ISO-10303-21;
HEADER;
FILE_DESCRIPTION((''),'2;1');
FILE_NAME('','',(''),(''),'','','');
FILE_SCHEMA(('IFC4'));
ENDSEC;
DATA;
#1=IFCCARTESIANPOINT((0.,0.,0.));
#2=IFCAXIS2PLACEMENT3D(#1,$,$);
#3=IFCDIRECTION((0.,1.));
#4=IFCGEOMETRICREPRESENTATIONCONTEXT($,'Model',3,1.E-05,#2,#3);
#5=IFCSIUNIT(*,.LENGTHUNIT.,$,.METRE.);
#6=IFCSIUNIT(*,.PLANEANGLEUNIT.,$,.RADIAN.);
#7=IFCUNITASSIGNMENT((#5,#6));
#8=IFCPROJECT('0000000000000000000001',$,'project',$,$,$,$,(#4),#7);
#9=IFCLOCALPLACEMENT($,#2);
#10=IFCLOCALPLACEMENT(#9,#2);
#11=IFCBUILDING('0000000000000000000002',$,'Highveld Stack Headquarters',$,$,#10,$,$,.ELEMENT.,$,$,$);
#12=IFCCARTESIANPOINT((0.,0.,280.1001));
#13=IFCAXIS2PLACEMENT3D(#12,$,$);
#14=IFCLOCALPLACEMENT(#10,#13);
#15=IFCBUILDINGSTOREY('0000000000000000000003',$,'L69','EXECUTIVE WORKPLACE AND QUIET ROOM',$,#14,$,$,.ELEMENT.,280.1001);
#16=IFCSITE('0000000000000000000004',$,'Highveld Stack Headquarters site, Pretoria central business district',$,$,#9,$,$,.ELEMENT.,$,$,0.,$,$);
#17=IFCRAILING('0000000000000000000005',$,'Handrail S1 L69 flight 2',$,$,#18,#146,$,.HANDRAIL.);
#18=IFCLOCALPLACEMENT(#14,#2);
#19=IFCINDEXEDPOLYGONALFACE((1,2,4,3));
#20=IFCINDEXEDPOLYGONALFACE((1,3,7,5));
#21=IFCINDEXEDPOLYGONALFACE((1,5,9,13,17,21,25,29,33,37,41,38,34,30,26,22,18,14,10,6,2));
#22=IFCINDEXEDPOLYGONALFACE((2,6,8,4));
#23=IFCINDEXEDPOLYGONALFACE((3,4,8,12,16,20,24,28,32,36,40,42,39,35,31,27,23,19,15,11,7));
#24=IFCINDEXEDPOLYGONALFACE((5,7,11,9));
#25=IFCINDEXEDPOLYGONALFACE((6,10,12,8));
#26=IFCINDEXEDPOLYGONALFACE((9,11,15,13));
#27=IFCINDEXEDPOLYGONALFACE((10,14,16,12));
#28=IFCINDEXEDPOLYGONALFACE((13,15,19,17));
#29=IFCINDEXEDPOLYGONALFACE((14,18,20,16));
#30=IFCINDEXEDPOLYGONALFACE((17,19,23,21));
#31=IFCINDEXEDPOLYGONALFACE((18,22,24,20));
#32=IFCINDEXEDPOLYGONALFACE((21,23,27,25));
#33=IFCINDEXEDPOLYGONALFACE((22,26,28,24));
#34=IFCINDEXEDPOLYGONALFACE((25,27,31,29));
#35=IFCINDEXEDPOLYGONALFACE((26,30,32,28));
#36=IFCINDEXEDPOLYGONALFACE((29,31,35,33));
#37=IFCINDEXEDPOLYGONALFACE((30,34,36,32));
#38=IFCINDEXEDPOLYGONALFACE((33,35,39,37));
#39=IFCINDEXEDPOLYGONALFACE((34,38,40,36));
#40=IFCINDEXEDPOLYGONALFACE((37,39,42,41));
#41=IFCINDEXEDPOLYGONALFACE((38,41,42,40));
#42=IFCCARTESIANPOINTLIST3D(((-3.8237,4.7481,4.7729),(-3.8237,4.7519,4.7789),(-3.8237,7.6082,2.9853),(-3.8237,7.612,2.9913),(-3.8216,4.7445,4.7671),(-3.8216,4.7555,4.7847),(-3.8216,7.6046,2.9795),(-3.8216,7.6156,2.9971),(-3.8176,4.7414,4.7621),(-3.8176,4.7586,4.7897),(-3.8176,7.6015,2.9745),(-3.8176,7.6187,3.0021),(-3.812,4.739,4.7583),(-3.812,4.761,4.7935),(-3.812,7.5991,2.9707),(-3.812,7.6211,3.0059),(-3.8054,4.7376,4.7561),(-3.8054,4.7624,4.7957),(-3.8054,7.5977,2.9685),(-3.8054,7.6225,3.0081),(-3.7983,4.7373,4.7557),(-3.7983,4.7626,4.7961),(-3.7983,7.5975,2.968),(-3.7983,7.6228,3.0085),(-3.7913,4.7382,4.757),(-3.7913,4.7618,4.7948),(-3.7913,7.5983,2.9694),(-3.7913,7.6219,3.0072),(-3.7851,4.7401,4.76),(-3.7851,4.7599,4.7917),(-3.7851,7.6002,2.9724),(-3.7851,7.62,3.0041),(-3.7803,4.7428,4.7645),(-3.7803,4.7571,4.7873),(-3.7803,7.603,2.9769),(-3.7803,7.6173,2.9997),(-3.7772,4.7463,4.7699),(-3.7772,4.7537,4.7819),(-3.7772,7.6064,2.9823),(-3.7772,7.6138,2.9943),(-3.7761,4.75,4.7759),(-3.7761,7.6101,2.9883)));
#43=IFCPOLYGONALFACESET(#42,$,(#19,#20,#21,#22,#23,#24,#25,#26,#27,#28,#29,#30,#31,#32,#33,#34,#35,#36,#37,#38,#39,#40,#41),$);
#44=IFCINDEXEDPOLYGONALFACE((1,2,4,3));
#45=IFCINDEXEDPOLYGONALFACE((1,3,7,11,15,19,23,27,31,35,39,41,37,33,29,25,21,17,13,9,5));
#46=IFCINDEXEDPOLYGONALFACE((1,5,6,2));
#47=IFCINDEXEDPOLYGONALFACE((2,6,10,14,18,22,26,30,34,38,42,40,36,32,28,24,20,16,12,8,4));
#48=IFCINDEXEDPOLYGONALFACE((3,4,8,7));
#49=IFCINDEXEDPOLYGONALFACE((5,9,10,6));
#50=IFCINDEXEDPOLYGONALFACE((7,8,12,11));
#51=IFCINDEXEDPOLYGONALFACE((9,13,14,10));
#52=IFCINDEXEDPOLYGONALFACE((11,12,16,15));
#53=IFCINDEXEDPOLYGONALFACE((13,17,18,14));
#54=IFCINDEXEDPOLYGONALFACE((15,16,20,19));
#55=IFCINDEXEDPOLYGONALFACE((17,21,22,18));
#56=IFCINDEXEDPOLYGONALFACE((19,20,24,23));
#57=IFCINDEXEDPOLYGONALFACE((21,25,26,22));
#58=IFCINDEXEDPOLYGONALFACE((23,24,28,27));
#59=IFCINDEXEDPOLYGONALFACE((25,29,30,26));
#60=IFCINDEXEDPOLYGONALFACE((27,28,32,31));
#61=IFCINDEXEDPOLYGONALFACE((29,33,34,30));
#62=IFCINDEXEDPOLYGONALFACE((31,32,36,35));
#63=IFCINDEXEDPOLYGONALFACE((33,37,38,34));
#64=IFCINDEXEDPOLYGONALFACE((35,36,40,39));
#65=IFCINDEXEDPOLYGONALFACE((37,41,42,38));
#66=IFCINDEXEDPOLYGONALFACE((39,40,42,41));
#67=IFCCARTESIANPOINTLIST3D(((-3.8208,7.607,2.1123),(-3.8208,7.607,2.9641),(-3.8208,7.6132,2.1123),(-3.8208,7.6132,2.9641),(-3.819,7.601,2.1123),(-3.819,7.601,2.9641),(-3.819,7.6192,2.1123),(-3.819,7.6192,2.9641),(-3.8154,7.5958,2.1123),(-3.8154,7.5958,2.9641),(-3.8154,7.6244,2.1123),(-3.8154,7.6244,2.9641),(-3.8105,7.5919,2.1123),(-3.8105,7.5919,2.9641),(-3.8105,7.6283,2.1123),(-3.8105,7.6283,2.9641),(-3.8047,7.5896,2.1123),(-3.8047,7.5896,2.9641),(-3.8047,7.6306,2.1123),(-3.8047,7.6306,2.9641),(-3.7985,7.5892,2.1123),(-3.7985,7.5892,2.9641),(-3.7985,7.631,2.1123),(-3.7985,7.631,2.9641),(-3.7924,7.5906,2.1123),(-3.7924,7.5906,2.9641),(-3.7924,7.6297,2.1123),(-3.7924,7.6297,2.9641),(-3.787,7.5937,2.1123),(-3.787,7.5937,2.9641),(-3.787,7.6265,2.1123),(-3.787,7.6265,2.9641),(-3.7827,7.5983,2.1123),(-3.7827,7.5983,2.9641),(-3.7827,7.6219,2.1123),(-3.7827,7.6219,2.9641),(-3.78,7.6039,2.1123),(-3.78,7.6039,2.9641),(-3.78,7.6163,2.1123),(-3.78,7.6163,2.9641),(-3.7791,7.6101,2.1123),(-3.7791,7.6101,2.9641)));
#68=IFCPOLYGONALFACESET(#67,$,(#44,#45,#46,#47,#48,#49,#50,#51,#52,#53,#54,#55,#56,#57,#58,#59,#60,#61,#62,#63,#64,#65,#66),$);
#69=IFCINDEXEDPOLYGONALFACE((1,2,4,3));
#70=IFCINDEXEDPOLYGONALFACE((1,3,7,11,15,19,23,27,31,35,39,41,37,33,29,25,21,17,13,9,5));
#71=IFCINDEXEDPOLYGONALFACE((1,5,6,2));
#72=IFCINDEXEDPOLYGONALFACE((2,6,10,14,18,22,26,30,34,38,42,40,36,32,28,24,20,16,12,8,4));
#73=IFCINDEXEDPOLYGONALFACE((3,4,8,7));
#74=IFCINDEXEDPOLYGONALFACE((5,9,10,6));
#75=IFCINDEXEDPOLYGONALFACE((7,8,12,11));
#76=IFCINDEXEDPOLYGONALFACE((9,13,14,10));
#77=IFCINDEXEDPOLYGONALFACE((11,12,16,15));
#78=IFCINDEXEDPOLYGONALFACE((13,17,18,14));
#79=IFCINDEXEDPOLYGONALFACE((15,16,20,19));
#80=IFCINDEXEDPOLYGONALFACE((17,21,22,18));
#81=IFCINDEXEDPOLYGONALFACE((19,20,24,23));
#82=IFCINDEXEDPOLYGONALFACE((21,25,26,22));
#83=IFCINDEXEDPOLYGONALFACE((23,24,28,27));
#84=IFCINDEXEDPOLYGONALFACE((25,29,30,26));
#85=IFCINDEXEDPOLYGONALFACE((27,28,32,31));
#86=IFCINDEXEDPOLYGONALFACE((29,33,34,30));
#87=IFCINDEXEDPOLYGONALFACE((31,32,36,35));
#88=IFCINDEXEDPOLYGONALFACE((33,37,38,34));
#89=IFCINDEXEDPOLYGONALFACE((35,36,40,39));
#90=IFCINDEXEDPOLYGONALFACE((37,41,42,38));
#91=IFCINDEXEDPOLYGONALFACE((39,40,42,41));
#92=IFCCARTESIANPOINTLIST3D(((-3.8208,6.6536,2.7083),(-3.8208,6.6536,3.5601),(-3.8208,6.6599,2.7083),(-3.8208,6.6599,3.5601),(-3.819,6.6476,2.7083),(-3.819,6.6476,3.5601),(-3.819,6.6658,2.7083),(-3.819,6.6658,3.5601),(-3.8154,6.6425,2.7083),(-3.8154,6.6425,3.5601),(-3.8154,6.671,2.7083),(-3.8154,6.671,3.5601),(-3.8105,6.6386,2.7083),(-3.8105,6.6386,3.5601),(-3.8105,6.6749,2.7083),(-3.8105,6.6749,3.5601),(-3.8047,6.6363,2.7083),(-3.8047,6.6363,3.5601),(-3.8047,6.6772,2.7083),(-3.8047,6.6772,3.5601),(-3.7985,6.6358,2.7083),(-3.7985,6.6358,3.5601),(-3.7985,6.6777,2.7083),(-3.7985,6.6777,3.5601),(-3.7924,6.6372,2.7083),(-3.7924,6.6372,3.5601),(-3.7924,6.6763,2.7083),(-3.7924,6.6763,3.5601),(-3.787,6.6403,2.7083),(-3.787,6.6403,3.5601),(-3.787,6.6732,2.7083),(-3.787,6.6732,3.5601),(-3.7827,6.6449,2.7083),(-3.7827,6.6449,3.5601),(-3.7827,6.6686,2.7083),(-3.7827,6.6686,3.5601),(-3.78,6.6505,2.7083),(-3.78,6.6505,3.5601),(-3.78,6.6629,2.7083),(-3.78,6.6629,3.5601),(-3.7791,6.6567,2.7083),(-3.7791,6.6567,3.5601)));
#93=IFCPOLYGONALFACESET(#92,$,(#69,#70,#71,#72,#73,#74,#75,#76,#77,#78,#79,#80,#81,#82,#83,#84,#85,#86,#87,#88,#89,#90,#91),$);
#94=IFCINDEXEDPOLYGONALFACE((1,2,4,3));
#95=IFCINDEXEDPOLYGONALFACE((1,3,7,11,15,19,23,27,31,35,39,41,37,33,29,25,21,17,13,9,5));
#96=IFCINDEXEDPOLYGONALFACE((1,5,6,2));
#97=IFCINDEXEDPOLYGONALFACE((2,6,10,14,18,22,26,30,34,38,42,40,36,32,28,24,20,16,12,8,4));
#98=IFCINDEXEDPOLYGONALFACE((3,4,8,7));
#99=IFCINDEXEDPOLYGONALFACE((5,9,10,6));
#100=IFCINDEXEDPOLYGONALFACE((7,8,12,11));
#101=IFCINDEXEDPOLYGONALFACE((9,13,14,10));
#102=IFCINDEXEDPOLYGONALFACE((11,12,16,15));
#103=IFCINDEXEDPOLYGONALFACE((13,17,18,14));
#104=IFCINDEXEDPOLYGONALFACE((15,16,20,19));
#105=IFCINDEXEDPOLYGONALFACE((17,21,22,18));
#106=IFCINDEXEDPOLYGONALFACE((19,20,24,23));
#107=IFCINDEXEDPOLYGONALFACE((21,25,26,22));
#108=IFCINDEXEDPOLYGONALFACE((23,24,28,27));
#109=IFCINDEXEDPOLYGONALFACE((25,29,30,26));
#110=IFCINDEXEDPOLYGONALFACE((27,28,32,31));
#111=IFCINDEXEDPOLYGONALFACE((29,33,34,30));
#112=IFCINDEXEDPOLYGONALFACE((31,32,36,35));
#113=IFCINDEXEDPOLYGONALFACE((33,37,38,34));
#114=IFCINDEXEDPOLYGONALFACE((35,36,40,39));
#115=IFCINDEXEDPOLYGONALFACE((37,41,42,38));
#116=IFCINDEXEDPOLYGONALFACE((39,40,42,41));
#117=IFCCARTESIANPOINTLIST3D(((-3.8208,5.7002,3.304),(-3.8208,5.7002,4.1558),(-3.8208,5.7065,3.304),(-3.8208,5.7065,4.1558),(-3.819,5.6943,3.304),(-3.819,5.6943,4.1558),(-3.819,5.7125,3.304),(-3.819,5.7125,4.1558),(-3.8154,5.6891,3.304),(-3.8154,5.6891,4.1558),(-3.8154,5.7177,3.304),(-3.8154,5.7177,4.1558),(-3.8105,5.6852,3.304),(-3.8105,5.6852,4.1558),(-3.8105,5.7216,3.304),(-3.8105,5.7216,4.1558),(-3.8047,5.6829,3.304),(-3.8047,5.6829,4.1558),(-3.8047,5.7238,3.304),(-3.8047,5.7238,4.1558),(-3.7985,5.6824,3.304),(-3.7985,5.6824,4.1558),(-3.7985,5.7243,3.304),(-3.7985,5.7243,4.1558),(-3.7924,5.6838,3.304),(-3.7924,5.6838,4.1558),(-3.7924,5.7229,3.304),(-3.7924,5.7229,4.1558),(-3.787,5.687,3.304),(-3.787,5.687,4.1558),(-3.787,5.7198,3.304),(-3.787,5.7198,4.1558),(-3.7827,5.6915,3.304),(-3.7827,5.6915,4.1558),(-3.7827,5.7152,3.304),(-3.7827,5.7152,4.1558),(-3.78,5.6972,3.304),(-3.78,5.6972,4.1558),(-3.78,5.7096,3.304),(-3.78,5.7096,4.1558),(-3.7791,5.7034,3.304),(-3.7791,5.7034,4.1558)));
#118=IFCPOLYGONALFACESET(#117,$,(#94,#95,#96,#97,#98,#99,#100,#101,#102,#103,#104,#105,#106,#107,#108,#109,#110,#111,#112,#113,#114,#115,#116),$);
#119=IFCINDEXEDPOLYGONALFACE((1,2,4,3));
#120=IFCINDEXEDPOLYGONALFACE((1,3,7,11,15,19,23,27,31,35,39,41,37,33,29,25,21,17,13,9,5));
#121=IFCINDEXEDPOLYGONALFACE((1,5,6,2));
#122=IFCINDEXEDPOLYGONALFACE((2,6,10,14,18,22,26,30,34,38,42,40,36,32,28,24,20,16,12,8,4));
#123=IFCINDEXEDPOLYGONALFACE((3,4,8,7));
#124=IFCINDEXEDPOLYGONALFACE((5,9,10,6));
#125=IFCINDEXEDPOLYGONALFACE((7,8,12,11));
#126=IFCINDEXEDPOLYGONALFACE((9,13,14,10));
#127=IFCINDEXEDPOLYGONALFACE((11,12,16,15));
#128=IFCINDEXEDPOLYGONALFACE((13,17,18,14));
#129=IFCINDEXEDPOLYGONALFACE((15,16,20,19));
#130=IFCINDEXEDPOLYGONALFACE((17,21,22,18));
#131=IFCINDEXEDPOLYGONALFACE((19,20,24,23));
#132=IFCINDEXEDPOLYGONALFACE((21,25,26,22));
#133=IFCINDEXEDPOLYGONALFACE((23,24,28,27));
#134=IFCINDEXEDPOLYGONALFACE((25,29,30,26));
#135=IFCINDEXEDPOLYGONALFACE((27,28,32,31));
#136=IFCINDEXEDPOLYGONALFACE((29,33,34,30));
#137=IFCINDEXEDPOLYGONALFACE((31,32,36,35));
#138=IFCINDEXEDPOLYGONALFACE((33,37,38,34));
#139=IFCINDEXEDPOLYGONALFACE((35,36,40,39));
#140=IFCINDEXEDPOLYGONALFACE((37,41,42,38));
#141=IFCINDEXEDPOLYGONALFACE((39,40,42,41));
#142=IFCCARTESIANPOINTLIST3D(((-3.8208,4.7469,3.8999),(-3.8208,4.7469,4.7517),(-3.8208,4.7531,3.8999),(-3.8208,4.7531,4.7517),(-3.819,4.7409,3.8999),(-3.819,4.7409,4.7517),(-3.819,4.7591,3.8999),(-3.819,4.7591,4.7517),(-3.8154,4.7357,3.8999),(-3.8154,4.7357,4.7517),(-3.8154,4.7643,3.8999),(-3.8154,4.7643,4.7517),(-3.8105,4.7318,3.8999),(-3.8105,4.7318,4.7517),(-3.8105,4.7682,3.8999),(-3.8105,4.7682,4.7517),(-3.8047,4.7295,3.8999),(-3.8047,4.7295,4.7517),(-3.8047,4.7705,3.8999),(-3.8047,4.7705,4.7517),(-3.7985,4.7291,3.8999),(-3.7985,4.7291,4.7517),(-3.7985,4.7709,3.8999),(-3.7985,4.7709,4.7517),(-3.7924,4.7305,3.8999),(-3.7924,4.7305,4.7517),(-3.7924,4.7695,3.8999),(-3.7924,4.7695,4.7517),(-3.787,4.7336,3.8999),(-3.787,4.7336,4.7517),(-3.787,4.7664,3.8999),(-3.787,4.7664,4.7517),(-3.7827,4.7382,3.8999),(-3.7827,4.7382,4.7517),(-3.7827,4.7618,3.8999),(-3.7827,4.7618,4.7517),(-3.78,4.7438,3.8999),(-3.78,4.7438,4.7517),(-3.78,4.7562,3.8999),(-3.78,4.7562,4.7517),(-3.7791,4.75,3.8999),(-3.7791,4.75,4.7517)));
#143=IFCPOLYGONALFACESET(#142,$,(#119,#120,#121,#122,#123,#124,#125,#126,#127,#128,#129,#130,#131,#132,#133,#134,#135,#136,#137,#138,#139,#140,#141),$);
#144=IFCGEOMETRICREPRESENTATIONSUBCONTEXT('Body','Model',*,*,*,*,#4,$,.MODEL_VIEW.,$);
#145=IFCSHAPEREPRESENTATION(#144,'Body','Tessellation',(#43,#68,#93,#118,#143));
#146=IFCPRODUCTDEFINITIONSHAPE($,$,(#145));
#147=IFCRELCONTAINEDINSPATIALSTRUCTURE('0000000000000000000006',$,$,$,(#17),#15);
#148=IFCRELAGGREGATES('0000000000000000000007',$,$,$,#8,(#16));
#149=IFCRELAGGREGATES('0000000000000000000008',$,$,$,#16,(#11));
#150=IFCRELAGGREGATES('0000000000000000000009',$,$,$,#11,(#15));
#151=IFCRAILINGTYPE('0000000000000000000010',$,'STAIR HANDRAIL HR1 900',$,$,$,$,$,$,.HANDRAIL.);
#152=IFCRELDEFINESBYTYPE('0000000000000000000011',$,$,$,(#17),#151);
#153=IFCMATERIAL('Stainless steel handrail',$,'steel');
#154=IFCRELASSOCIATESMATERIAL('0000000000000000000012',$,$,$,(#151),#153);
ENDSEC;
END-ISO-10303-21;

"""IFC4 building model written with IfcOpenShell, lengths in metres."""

from ifc_helpers import new_model, si_unit, direction, frame, origin, origin_2d, place, context, subcontext, project, spatial, circle, extrude, material, type_object, element, save


model = new_model("IFC4")

# Units and contexts
model_context = context("Model", 3, precision=1e-05, world=origin(), true_north=direction((0.0, 1.0)))
body_context = subcontext(model_context, "Body", "Model", "MODEL_VIEW")
ifc_project = project(units=[si_unit("LENGTHUNIT", "METRE"), si_unit("PLANEANGLEUNIT", "RADIAN")], contexts=[model_context])

# Site, building, storey
site_placement = place(None, origin())
site = spatial("IfcSite", under=ifc_project, at=site_placement, Name="Highveld Stack Headquarters site, Pretoria central business district", CompositionType="ELEMENT", RefElevation=0.0)
building_placement = place(site_placement, origin())
building = spatial("IfcBuilding", under=site, at=building_placement, Name="Highveld Stack Headquarters", CompositionType="ELEMENT")
storey_placement = place(building_placement, frame((0.0, 0.0, 280.1001)))
storey = spatial("IfcBuildingStorey", under=building, at=storey_placement, Name="L69", Description="EXECUTIVE WORKPLACE AND QUIET ROOM", CompositionType="ELEMENT", Elevation=280.1001)

# Railing
ifc_material_1 = material(Name="Stainless steel handrail", Category="steel")
railing_type = type_object("IfcRailingType", Name="STAIR HANDRAIL HR1 900", PredefinedType="HANDRAIL", material=ifc_material_1)
for number, where, name in (
    (1, (-3.8, 7.6101, 2.1123), "Handrail S1 L69 flight 2"),
):
    element("IfcRailing", number, at=place(storey_placement, frame(where)), inside=storey, type_object=railing_type, Name=name, PredefinedType="HANDRAIL", context=body_context, shape_type="SweptSolid", body=[
        extrude(circle(Radius=0.0239, at=origin_2d()), frame((0.0, 0.0, 0.876), z_axis=(0.0, -0.847994, 0.530005), x_axis=(1.0, 0.0, 0.0)), (0.0, 0.0, 1.0), 3.3728),
        extrude(circle(Radius=0.021, at=origin_2d()), origin(), (0.0, 0.0, 1.0), 0.8518),
        extrude(circle(Radius=0.021, at=origin_2d()), frame((0.0, -0.9534, 0.5959)), (0.0, 0.0, 1.0), 0.8518),
        extrude(circle(Radius=0.021, at=origin_2d()), frame((0.0, -1.9067, 1.1917)), (0.0, 0.0, 1.0), 0.8518),
        extrude(circle(Radius=0.021, at=origin_2d()), frame((0.0, -2.8601, 1.7876)), (0.0, 0.0, 1.0), 0.8518),
    ])

save(model, "model.ifc")
